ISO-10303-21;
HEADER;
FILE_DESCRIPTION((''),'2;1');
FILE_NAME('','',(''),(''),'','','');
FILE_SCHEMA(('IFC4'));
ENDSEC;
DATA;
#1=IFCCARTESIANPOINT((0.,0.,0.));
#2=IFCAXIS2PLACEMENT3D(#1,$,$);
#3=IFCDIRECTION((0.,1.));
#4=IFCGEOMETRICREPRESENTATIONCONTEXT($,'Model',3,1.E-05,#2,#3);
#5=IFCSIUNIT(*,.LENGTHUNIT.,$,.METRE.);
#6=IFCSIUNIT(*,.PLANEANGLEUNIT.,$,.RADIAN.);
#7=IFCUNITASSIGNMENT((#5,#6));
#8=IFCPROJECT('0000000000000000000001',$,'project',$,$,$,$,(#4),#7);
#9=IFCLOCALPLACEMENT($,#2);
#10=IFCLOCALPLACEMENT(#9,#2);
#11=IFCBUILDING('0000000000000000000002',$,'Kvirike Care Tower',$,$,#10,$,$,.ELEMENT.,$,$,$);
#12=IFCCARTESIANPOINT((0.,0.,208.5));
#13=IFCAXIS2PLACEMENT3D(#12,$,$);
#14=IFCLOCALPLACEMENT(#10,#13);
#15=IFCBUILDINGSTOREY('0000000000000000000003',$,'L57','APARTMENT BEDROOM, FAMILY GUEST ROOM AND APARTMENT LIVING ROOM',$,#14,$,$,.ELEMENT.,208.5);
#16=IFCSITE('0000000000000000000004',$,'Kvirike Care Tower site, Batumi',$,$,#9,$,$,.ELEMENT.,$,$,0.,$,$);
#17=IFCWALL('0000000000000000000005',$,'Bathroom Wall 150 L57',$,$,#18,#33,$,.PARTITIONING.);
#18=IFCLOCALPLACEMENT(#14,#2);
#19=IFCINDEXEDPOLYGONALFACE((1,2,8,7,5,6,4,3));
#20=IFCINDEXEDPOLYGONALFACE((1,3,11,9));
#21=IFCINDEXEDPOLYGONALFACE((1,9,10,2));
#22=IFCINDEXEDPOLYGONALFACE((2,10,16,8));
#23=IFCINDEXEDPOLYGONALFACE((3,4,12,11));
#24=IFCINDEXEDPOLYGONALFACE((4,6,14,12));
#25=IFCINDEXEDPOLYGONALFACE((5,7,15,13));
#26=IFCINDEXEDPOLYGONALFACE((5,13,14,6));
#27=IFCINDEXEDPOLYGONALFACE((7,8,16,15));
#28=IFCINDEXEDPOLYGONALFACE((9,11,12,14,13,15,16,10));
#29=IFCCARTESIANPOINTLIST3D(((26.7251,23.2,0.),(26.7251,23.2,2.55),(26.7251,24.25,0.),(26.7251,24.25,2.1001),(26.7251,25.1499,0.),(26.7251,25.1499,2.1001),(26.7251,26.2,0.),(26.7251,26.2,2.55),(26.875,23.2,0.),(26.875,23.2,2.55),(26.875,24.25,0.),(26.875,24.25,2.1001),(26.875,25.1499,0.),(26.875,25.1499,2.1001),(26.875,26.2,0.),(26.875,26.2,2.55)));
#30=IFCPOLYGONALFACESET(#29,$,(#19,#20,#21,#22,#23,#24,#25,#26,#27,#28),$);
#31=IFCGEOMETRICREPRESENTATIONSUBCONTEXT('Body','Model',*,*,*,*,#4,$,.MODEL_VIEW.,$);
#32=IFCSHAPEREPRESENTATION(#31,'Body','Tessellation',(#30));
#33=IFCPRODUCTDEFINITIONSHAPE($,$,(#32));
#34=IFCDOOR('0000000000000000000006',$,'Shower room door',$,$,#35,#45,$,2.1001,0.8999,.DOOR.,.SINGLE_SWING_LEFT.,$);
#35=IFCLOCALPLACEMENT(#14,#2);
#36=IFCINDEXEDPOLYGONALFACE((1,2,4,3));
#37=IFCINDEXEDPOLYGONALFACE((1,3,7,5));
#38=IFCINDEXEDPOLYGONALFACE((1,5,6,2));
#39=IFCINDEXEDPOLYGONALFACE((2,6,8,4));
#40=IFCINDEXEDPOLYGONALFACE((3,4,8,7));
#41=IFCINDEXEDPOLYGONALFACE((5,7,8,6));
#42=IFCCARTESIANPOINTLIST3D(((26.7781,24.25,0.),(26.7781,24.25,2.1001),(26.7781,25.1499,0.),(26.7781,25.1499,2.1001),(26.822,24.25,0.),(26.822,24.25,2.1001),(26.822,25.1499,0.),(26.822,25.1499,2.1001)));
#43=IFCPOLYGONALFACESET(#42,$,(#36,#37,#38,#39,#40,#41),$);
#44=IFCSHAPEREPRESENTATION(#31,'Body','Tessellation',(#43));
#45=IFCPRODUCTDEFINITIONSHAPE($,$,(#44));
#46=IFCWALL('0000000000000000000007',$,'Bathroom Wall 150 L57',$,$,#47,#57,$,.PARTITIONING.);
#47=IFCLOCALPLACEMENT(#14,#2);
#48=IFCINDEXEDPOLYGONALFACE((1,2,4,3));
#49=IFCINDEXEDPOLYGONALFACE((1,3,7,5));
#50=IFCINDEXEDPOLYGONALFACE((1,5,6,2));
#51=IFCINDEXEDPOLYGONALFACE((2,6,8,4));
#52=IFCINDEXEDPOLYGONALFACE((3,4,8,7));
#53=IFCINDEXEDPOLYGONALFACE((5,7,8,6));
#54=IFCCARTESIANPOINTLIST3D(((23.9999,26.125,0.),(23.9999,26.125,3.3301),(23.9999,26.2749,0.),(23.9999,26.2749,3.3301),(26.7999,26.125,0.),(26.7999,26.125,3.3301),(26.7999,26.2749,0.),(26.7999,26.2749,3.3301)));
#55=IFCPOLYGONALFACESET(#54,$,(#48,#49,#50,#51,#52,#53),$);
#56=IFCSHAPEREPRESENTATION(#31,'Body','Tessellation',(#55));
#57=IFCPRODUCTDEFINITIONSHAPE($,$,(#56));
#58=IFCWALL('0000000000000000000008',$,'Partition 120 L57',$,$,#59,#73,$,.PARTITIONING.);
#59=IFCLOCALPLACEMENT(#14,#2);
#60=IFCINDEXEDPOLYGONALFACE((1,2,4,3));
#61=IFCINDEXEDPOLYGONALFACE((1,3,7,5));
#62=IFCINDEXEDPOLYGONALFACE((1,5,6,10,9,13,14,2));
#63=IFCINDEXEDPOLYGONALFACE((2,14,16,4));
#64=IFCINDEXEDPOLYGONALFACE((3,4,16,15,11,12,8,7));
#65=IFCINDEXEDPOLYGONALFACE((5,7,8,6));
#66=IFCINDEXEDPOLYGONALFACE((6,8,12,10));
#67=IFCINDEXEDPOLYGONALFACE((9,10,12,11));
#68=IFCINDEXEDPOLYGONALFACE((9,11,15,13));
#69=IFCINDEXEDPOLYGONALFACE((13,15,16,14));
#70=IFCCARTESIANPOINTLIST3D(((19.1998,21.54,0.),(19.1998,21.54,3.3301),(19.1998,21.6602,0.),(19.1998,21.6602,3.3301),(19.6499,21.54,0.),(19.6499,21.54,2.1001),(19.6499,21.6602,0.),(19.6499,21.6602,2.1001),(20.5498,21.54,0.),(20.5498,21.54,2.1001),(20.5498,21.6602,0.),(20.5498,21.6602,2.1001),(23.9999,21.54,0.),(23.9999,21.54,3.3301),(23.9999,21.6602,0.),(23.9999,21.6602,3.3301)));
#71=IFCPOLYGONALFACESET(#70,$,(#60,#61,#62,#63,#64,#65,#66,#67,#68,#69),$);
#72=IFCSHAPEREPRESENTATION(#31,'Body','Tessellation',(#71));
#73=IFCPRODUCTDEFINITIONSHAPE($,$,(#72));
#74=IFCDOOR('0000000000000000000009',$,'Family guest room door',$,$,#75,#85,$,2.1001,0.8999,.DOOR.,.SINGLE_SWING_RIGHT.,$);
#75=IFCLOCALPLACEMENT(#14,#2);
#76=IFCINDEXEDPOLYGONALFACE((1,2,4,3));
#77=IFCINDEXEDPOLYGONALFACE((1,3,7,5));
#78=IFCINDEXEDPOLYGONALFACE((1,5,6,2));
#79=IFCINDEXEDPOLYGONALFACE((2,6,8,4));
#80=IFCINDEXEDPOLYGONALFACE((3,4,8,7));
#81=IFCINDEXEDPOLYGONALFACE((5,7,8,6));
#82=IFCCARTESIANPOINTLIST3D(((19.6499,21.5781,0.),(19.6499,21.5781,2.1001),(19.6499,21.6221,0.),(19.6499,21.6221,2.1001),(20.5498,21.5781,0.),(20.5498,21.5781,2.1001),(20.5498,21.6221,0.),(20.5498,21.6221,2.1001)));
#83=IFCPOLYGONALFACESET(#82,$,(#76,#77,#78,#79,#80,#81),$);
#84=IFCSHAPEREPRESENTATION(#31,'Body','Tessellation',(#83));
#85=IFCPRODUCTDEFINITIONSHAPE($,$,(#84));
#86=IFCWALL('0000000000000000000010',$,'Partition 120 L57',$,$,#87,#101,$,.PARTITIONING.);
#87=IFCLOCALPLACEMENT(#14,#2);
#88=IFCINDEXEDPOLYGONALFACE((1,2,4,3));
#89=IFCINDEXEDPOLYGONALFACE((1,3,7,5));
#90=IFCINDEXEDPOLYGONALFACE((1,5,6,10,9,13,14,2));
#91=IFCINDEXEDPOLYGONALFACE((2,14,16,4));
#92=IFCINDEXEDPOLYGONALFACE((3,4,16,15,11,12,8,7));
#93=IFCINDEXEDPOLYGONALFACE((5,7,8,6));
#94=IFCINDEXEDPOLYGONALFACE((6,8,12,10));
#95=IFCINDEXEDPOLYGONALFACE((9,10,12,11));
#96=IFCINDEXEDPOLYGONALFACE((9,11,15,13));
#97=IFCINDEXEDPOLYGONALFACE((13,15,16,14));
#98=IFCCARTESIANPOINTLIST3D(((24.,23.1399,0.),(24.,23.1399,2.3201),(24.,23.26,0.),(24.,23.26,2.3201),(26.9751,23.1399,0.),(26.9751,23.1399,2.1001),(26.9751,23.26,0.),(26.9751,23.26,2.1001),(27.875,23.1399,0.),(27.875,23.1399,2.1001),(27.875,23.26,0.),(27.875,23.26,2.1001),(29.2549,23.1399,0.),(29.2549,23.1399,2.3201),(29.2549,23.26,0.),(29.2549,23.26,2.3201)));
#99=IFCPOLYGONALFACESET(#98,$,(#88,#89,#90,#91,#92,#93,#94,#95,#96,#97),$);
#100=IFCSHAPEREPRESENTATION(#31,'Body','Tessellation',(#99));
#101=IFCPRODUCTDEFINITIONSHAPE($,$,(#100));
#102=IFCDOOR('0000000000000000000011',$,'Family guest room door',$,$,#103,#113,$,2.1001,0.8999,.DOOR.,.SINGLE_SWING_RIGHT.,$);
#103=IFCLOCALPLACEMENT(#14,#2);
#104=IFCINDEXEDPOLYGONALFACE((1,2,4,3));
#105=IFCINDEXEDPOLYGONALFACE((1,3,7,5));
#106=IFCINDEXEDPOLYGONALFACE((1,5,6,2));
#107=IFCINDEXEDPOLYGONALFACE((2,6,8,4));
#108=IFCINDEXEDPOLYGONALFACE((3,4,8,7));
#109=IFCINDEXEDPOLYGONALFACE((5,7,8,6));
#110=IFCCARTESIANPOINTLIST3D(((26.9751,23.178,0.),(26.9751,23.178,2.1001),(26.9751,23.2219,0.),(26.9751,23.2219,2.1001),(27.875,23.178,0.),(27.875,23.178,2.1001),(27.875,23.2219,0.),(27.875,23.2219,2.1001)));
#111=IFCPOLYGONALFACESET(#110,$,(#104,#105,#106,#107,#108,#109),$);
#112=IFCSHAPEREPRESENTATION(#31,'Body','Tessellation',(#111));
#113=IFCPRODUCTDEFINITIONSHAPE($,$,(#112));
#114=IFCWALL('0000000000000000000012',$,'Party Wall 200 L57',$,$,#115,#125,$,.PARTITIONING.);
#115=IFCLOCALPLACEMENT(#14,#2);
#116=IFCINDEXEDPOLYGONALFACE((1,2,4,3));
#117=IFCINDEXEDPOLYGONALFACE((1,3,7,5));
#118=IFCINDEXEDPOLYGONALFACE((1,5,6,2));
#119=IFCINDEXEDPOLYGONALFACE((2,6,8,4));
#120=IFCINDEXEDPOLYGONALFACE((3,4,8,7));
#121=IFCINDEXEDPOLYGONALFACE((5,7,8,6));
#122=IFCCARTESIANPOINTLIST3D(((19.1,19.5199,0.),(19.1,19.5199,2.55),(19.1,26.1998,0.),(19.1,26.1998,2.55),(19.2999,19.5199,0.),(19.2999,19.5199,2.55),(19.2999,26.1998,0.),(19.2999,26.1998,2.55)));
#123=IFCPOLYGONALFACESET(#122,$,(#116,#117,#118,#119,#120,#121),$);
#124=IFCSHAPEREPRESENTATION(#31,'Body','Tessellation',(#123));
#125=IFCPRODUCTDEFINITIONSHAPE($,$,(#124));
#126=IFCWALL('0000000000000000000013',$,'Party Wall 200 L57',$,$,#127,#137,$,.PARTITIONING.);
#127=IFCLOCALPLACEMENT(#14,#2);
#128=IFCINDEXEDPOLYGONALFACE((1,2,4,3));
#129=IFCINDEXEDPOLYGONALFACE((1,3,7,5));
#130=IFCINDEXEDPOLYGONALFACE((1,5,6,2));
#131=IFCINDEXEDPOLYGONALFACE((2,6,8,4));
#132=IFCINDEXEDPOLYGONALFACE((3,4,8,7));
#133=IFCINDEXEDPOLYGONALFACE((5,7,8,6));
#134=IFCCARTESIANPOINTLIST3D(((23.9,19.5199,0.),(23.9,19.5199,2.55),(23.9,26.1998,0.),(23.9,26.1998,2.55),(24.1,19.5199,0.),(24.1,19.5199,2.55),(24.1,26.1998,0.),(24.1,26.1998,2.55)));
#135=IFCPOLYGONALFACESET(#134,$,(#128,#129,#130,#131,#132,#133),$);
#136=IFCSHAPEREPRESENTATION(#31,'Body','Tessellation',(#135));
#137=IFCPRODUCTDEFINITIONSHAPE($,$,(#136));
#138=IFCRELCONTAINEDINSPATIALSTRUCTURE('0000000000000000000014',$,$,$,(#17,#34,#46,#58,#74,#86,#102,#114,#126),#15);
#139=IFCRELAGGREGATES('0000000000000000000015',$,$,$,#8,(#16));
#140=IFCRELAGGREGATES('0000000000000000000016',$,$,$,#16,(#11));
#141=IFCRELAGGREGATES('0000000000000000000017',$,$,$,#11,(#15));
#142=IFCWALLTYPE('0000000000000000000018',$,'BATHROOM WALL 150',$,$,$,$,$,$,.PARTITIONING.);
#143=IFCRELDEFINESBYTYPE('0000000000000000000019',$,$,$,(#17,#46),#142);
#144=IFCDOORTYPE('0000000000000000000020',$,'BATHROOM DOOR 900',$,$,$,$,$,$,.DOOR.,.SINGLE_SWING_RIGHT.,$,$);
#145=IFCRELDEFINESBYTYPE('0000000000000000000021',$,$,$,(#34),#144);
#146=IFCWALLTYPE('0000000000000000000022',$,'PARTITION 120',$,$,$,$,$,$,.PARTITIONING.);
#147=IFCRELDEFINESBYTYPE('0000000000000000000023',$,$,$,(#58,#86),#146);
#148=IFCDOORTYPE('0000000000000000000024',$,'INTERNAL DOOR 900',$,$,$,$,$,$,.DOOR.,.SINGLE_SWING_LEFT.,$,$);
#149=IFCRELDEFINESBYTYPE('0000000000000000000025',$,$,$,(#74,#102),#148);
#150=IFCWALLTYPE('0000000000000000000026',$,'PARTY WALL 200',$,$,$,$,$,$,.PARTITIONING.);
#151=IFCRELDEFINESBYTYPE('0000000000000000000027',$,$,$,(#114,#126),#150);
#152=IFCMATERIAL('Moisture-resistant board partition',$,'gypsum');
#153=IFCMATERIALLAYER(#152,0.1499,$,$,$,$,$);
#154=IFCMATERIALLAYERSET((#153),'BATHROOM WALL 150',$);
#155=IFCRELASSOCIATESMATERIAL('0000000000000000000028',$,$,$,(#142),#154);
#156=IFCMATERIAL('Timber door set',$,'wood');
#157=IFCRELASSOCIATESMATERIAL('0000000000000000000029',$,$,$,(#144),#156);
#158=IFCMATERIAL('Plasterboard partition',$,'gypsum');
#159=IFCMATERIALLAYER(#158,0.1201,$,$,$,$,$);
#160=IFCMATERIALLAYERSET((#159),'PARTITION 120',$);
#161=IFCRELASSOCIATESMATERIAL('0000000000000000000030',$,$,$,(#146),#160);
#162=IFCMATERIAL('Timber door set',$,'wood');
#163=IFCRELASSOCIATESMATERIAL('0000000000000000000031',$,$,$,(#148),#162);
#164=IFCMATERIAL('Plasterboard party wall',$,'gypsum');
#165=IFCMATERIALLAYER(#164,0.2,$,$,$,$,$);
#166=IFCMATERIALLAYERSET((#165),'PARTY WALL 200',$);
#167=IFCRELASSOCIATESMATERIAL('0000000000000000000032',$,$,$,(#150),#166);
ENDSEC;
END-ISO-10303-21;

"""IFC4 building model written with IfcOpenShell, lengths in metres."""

from ifc_helpers import new_model, si_unit, direction, frame, frame_2d, origin, place, context, subcontext, project, spatial, rectangle, extrude, material, layer, layer_set, type_object, element, fill, save


model = new_model("IFC4")

# Units and contexts
model_context = context("Model", 3, precision=1e-05, world=origin(), true_north=direction((0.0, 1.0)))
body_context = subcontext(model_context, "Body", "Model", "MODEL_VIEW")
ifc_project = project(units=[si_unit("LENGTHUNIT", "METRE"), si_unit("PLANEANGLEUNIT", "RADIAN")], contexts=[model_context])

# Site, building, storey
site_placement = place(None, origin())
site = spatial("IfcSite", under=ifc_project, at=site_placement, Name="Kvirike Care Tower site, Batumi", CompositionType="ELEMENT", RefElevation=0.0)
building_placement = place(site_placement, origin())
building = spatial("IfcBuilding", under=site, at=building_placement, Name="Kvirike Care Tower", CompositionType="ELEMENT")
storey_placement = place(building_placement, frame((0.0, 0.0, 208.5)))
storey = spatial("IfcBuildingStorey", under=building, at=storey_placement, Name="L57", Description="APARTMENT BEDROOM, FAMILY GUEST ROOM AND APARTMENT LIVING ROOM", CompositionType="ELEMENT", Elevation=208.5)

# Shared definitions
ifc_material_1 = material(Name="Moisture-resistant board partition", Category="gypsum")
ifc_layer_1 = layer(ifc_material_1, 0.1499)
ifc_layer_set_1 = layer_set([ifc_layer_1], Name="BATHROOM WALL 150")
wall_type_1 = type_object("IfcWallType", Name="BATHROOM WALL 150", PredefinedType="PARTITIONING", material=ifc_layer_set_1)
ifc_material_2 = material(Name="Timber door set", Category="wood")
door_type_1 = type_object("IfcDoorType", Name="BATHROOM DOOR 900", OperationType="SINGLE_SWING_RIGHT", PredefinedType="DOOR", material=ifc_material_2)

# Wall, opening, door
wall_1_placement = place(storey_placement, frame((26.8, 23.2, 0.0), z_axis=(0.0, 0.0, 1.0), x_axis=(0.0, 1.0, 0.0)))
wall_1 = element("IfcWall", 1, at=wall_1_placement, inside=storey, type_object=wall_type_1, Name="Bathroom Wall 150 L57", PredefinedType="PARTITIONING", context=body_context, shape_type="SweptSolid", body=[
    extrude(rectangle(XDim=3.0, YDim=0.1499, at=frame_2d((1.5, 0.0))), origin(), (0.0, 0.0, 1.0), 2.55),
])
opening_1_placement = place(wall_1_placement, frame((1.05, 0.0, 0.0)))
opening_1 = element("IfcOpeningElement", 2, at=opening_1_placement, cuts=wall_1, PredefinedType="OPENING", context=body_context, shape_type="SweptSolid", body=[
    extrude(rectangle(XDim=0.8999, YDim=2.1001, at=frame_2d((0.45, 1.05))), frame((0.0, 0.0854, 0.0), z_axis=(0.0, -1.0, 0.0), x_axis=(1.0, 0.0, 0.0)), (0.0, 0.0, 1.0), 0.1709),
])
door_1_placement = place(opening_1_placement, frame((0.8999, 0.0, 0.0), z_axis=(0.0, 0.0, 1.0), x_axis=(-1.0, 0.0, 0.0)))
door_1 = element("IfcDoor", 3, at=door_1_placement, inside=storey, type_object=door_type_1, Name="Shower room door", OperationType="SINGLE_SWING_LEFT", OverallHeight=2.1001, OverallWidth=0.8999, PredefinedType="DOOR", context=body_context, shape_type="SweptSolid", body=[
    extrude(rectangle(XDim=0.8999, YDim=2.1001, at=frame_2d((0.45, 1.05))), frame((0.0, 0.022, 0.0), z_axis=(0.0, -1.0, 0.0), x_axis=(1.0, 0.0, 0.0)), (0.0, 0.0, 1.0), 0.0439),
])
fill(opening_1, door_1)

# Wall
wall_2_placement = place(storey_placement, frame((24.0, 26.2, 0.0), z_axis=(0.0, 0.0, 1.0), x_axis=(1.0, 0.0, 0.0)))
element("IfcWall", 4, at=wall_2_placement, inside=storey, type_object=wall_type_1, Name="Bathroom Wall 150 L57", PredefinedType="PARTITIONING", context=body_context, shape_type="SweptSolid", body=[
    extrude(rectangle(XDim=2.8, YDim=0.1499, at=frame_2d((1.3999, 0.0))), origin(), (0.0, 0.0, 1.0), 3.3301),
])

# Walls, openings, doors
ifc_material_3 = material(Name="Plasterboard partition", Category="gypsum")
ifc_layer_2 = layer(ifc_material_3, 0.1201)
ifc_layer_set_2 = layer_set([ifc_layer_2], Name="PARTITION 120")
wall_type_2 = type_object("IfcWallType", Name="PARTITION 120", PredefinedType="PARTITIONING", material=ifc_layer_set_2)
wall_3_placement = place(storey_placement, frame((19.2, 21.6001, 0.0), z_axis=(0.0, 0.0, 1.0), x_axis=(1.0, 0.0, 0.0)))
wall_3 = element("IfcWall", 5, at=wall_3_placement, inside=storey, type_object=wall_type_2, Name="Partition 120 L57", PredefinedType="PARTITIONING", context=body_context, shape_type="SweptSolid", body=[
    extrude(rectangle(XDim=4.8, YDim=0.1201, at=frame_2d((2.3999, 0.0))), origin(), (0.0, 0.0, 1.0), 3.3301),
])
opening_2_placement = place(wall_3_placement, frame((0.45, 0.0, 0.0)))
opening_2 = element("IfcOpeningElement", 6, at=opening_2_placement, cuts=wall_3, PredefinedType="OPENING", context=body_context, shape_type="SweptSolid", body=[
    extrude(rectangle(XDim=0.8999, YDim=2.1001, at=frame_2d((0.45, 1.05))), frame((0.0, 0.0706, 0.0), z_axis=(0.0, -1.0, 0.0), x_axis=(1.0, 0.0, 0.0)), (0.0, 0.0, 1.0), 0.1411),
])
ifc_material_4 = material(Name="Timber door set", Category="wood")
door_type_2 = type_object("IfcDoorType", Name="INTERNAL DOOR 900", OperationType="SINGLE_SWING_LEFT", PredefinedType="DOOR", material=ifc_material_4)
door_2_placement = place(opening_2_placement, origin())
door_2 = element("IfcDoor", 7, at=door_2_placement, inside=storey, type_object=door_type_2, Name="Family guest room door", OperationType="SINGLE_SWING_RIGHT", OverallHeight=2.1001, OverallWidth=0.8999, PredefinedType="DOOR", context=body_context, shape_type="SweptSolid", body=[
    extrude(rectangle(XDim=0.8999, YDim=2.1001, at=frame_2d((0.45, 1.05))), frame((0.0, 0.022, 0.0), z_axis=(0.0, -1.0, 0.0), x_axis=(1.0, 0.0, 0.0)), (0.0, 0.0, 1.0), 0.0439),
])
fill(opening_2, door_2)
wall_4_placement = place(storey_placement, frame((24.0, 23.2, 0.0), z_axis=(0.0, 0.0, 1.0), x_axis=(1.0, 0.0, 0.0)))
wall_4 = element("IfcWall", 8, at=wall_4_placement, inside=storey, type_object=wall_type_2, Name="Partition 120 L57", PredefinedType="PARTITIONING", context=body_context, shape_type="SweptSolid", body=[
    extrude(rectangle(XDim=5.2549, YDim=0.1201, at=frame_2d((2.6274, 0.0))), origin(), (0.0, 0.0, 1.0), 2.3201),
])
opening_3_placement = place(wall_4_placement, frame((2.9751, 0.0, 0.0)))
opening_3 = element("IfcOpeningElement", 9, at=opening_3_placement, cuts=wall_4, PredefinedType="OPENING", context=body_context, shape_type="SweptSolid", body=[
    extrude(rectangle(XDim=0.8999, YDim=2.1001, at=frame_2d((0.45, 1.05))), frame((0.0, 0.0706, 0.0), z_axis=(0.0, -1.0, 0.0), x_axis=(1.0, 0.0, 0.0)), (0.0, 0.0, 1.0), 0.1411),
])
door_3_placement = place(opening_3_placement, origin())
door_3 = element("IfcDoor", 10, at=door_3_placement, inside=storey, type_object=door_type_2, Name="Family guest room door", OperationType="SINGLE_SWING_RIGHT", OverallHeight=2.1001, OverallWidth=0.8999, PredefinedType="DOOR", context=body_context, shape_type="SweptSolid", body=[
    extrude(rectangle(XDim=0.8999, YDim=2.1001, at=frame_2d((0.45, 1.05))), frame((0.0, 0.022, 0.0), z_axis=(0.0, -1.0, 0.0), x_axis=(1.0, 0.0, 0.0)), (0.0, 0.0, 1.0), 0.0439),
])
fill(opening_3, door_3)

# Walls
ifc_material_5 = material(Name="Plasterboard party wall", Category="gypsum")
ifc_layer_3 = layer(ifc_material_5, 0.2)
ifc_layer_set_3 = layer_set([ifc_layer_3], Name="PARTY WALL 200")
wall_type_3 = type_object("IfcWallType", Name="PARTY WALL 200", PredefinedType="PARTITIONING", material=ifc_layer_set_3)
for number, where, z_axis, x_axis, name in (
    (11, (19.2, 19.52, 0.0), (0.0, 0.0, 1.0), (0.0, 1.0, 0.0), "Party Wall 200 L57"),
    (12, (24.0, 19.52, 0.0), (0.0, 0.0, 1.0), (0.0, 1.0, 0.0), "Party Wall 200 L57"),
):
    element("IfcWall", number, at=place(storey_placement, frame(where, z_axis=z_axis, x_axis=x_axis)), inside=storey, type_object=wall_type_3, Name=name, PredefinedType="PARTITIONING", context=body_context, shape_type="SweptSolid", body=[
        extrude(rectangle(XDim=6.6799, YDim=0.2, at=frame_2d((3.3398, 0.0))), origin(), (0.0, 0.0, 1.0), 2.55),
    ])

save(model, "model.ifc")
